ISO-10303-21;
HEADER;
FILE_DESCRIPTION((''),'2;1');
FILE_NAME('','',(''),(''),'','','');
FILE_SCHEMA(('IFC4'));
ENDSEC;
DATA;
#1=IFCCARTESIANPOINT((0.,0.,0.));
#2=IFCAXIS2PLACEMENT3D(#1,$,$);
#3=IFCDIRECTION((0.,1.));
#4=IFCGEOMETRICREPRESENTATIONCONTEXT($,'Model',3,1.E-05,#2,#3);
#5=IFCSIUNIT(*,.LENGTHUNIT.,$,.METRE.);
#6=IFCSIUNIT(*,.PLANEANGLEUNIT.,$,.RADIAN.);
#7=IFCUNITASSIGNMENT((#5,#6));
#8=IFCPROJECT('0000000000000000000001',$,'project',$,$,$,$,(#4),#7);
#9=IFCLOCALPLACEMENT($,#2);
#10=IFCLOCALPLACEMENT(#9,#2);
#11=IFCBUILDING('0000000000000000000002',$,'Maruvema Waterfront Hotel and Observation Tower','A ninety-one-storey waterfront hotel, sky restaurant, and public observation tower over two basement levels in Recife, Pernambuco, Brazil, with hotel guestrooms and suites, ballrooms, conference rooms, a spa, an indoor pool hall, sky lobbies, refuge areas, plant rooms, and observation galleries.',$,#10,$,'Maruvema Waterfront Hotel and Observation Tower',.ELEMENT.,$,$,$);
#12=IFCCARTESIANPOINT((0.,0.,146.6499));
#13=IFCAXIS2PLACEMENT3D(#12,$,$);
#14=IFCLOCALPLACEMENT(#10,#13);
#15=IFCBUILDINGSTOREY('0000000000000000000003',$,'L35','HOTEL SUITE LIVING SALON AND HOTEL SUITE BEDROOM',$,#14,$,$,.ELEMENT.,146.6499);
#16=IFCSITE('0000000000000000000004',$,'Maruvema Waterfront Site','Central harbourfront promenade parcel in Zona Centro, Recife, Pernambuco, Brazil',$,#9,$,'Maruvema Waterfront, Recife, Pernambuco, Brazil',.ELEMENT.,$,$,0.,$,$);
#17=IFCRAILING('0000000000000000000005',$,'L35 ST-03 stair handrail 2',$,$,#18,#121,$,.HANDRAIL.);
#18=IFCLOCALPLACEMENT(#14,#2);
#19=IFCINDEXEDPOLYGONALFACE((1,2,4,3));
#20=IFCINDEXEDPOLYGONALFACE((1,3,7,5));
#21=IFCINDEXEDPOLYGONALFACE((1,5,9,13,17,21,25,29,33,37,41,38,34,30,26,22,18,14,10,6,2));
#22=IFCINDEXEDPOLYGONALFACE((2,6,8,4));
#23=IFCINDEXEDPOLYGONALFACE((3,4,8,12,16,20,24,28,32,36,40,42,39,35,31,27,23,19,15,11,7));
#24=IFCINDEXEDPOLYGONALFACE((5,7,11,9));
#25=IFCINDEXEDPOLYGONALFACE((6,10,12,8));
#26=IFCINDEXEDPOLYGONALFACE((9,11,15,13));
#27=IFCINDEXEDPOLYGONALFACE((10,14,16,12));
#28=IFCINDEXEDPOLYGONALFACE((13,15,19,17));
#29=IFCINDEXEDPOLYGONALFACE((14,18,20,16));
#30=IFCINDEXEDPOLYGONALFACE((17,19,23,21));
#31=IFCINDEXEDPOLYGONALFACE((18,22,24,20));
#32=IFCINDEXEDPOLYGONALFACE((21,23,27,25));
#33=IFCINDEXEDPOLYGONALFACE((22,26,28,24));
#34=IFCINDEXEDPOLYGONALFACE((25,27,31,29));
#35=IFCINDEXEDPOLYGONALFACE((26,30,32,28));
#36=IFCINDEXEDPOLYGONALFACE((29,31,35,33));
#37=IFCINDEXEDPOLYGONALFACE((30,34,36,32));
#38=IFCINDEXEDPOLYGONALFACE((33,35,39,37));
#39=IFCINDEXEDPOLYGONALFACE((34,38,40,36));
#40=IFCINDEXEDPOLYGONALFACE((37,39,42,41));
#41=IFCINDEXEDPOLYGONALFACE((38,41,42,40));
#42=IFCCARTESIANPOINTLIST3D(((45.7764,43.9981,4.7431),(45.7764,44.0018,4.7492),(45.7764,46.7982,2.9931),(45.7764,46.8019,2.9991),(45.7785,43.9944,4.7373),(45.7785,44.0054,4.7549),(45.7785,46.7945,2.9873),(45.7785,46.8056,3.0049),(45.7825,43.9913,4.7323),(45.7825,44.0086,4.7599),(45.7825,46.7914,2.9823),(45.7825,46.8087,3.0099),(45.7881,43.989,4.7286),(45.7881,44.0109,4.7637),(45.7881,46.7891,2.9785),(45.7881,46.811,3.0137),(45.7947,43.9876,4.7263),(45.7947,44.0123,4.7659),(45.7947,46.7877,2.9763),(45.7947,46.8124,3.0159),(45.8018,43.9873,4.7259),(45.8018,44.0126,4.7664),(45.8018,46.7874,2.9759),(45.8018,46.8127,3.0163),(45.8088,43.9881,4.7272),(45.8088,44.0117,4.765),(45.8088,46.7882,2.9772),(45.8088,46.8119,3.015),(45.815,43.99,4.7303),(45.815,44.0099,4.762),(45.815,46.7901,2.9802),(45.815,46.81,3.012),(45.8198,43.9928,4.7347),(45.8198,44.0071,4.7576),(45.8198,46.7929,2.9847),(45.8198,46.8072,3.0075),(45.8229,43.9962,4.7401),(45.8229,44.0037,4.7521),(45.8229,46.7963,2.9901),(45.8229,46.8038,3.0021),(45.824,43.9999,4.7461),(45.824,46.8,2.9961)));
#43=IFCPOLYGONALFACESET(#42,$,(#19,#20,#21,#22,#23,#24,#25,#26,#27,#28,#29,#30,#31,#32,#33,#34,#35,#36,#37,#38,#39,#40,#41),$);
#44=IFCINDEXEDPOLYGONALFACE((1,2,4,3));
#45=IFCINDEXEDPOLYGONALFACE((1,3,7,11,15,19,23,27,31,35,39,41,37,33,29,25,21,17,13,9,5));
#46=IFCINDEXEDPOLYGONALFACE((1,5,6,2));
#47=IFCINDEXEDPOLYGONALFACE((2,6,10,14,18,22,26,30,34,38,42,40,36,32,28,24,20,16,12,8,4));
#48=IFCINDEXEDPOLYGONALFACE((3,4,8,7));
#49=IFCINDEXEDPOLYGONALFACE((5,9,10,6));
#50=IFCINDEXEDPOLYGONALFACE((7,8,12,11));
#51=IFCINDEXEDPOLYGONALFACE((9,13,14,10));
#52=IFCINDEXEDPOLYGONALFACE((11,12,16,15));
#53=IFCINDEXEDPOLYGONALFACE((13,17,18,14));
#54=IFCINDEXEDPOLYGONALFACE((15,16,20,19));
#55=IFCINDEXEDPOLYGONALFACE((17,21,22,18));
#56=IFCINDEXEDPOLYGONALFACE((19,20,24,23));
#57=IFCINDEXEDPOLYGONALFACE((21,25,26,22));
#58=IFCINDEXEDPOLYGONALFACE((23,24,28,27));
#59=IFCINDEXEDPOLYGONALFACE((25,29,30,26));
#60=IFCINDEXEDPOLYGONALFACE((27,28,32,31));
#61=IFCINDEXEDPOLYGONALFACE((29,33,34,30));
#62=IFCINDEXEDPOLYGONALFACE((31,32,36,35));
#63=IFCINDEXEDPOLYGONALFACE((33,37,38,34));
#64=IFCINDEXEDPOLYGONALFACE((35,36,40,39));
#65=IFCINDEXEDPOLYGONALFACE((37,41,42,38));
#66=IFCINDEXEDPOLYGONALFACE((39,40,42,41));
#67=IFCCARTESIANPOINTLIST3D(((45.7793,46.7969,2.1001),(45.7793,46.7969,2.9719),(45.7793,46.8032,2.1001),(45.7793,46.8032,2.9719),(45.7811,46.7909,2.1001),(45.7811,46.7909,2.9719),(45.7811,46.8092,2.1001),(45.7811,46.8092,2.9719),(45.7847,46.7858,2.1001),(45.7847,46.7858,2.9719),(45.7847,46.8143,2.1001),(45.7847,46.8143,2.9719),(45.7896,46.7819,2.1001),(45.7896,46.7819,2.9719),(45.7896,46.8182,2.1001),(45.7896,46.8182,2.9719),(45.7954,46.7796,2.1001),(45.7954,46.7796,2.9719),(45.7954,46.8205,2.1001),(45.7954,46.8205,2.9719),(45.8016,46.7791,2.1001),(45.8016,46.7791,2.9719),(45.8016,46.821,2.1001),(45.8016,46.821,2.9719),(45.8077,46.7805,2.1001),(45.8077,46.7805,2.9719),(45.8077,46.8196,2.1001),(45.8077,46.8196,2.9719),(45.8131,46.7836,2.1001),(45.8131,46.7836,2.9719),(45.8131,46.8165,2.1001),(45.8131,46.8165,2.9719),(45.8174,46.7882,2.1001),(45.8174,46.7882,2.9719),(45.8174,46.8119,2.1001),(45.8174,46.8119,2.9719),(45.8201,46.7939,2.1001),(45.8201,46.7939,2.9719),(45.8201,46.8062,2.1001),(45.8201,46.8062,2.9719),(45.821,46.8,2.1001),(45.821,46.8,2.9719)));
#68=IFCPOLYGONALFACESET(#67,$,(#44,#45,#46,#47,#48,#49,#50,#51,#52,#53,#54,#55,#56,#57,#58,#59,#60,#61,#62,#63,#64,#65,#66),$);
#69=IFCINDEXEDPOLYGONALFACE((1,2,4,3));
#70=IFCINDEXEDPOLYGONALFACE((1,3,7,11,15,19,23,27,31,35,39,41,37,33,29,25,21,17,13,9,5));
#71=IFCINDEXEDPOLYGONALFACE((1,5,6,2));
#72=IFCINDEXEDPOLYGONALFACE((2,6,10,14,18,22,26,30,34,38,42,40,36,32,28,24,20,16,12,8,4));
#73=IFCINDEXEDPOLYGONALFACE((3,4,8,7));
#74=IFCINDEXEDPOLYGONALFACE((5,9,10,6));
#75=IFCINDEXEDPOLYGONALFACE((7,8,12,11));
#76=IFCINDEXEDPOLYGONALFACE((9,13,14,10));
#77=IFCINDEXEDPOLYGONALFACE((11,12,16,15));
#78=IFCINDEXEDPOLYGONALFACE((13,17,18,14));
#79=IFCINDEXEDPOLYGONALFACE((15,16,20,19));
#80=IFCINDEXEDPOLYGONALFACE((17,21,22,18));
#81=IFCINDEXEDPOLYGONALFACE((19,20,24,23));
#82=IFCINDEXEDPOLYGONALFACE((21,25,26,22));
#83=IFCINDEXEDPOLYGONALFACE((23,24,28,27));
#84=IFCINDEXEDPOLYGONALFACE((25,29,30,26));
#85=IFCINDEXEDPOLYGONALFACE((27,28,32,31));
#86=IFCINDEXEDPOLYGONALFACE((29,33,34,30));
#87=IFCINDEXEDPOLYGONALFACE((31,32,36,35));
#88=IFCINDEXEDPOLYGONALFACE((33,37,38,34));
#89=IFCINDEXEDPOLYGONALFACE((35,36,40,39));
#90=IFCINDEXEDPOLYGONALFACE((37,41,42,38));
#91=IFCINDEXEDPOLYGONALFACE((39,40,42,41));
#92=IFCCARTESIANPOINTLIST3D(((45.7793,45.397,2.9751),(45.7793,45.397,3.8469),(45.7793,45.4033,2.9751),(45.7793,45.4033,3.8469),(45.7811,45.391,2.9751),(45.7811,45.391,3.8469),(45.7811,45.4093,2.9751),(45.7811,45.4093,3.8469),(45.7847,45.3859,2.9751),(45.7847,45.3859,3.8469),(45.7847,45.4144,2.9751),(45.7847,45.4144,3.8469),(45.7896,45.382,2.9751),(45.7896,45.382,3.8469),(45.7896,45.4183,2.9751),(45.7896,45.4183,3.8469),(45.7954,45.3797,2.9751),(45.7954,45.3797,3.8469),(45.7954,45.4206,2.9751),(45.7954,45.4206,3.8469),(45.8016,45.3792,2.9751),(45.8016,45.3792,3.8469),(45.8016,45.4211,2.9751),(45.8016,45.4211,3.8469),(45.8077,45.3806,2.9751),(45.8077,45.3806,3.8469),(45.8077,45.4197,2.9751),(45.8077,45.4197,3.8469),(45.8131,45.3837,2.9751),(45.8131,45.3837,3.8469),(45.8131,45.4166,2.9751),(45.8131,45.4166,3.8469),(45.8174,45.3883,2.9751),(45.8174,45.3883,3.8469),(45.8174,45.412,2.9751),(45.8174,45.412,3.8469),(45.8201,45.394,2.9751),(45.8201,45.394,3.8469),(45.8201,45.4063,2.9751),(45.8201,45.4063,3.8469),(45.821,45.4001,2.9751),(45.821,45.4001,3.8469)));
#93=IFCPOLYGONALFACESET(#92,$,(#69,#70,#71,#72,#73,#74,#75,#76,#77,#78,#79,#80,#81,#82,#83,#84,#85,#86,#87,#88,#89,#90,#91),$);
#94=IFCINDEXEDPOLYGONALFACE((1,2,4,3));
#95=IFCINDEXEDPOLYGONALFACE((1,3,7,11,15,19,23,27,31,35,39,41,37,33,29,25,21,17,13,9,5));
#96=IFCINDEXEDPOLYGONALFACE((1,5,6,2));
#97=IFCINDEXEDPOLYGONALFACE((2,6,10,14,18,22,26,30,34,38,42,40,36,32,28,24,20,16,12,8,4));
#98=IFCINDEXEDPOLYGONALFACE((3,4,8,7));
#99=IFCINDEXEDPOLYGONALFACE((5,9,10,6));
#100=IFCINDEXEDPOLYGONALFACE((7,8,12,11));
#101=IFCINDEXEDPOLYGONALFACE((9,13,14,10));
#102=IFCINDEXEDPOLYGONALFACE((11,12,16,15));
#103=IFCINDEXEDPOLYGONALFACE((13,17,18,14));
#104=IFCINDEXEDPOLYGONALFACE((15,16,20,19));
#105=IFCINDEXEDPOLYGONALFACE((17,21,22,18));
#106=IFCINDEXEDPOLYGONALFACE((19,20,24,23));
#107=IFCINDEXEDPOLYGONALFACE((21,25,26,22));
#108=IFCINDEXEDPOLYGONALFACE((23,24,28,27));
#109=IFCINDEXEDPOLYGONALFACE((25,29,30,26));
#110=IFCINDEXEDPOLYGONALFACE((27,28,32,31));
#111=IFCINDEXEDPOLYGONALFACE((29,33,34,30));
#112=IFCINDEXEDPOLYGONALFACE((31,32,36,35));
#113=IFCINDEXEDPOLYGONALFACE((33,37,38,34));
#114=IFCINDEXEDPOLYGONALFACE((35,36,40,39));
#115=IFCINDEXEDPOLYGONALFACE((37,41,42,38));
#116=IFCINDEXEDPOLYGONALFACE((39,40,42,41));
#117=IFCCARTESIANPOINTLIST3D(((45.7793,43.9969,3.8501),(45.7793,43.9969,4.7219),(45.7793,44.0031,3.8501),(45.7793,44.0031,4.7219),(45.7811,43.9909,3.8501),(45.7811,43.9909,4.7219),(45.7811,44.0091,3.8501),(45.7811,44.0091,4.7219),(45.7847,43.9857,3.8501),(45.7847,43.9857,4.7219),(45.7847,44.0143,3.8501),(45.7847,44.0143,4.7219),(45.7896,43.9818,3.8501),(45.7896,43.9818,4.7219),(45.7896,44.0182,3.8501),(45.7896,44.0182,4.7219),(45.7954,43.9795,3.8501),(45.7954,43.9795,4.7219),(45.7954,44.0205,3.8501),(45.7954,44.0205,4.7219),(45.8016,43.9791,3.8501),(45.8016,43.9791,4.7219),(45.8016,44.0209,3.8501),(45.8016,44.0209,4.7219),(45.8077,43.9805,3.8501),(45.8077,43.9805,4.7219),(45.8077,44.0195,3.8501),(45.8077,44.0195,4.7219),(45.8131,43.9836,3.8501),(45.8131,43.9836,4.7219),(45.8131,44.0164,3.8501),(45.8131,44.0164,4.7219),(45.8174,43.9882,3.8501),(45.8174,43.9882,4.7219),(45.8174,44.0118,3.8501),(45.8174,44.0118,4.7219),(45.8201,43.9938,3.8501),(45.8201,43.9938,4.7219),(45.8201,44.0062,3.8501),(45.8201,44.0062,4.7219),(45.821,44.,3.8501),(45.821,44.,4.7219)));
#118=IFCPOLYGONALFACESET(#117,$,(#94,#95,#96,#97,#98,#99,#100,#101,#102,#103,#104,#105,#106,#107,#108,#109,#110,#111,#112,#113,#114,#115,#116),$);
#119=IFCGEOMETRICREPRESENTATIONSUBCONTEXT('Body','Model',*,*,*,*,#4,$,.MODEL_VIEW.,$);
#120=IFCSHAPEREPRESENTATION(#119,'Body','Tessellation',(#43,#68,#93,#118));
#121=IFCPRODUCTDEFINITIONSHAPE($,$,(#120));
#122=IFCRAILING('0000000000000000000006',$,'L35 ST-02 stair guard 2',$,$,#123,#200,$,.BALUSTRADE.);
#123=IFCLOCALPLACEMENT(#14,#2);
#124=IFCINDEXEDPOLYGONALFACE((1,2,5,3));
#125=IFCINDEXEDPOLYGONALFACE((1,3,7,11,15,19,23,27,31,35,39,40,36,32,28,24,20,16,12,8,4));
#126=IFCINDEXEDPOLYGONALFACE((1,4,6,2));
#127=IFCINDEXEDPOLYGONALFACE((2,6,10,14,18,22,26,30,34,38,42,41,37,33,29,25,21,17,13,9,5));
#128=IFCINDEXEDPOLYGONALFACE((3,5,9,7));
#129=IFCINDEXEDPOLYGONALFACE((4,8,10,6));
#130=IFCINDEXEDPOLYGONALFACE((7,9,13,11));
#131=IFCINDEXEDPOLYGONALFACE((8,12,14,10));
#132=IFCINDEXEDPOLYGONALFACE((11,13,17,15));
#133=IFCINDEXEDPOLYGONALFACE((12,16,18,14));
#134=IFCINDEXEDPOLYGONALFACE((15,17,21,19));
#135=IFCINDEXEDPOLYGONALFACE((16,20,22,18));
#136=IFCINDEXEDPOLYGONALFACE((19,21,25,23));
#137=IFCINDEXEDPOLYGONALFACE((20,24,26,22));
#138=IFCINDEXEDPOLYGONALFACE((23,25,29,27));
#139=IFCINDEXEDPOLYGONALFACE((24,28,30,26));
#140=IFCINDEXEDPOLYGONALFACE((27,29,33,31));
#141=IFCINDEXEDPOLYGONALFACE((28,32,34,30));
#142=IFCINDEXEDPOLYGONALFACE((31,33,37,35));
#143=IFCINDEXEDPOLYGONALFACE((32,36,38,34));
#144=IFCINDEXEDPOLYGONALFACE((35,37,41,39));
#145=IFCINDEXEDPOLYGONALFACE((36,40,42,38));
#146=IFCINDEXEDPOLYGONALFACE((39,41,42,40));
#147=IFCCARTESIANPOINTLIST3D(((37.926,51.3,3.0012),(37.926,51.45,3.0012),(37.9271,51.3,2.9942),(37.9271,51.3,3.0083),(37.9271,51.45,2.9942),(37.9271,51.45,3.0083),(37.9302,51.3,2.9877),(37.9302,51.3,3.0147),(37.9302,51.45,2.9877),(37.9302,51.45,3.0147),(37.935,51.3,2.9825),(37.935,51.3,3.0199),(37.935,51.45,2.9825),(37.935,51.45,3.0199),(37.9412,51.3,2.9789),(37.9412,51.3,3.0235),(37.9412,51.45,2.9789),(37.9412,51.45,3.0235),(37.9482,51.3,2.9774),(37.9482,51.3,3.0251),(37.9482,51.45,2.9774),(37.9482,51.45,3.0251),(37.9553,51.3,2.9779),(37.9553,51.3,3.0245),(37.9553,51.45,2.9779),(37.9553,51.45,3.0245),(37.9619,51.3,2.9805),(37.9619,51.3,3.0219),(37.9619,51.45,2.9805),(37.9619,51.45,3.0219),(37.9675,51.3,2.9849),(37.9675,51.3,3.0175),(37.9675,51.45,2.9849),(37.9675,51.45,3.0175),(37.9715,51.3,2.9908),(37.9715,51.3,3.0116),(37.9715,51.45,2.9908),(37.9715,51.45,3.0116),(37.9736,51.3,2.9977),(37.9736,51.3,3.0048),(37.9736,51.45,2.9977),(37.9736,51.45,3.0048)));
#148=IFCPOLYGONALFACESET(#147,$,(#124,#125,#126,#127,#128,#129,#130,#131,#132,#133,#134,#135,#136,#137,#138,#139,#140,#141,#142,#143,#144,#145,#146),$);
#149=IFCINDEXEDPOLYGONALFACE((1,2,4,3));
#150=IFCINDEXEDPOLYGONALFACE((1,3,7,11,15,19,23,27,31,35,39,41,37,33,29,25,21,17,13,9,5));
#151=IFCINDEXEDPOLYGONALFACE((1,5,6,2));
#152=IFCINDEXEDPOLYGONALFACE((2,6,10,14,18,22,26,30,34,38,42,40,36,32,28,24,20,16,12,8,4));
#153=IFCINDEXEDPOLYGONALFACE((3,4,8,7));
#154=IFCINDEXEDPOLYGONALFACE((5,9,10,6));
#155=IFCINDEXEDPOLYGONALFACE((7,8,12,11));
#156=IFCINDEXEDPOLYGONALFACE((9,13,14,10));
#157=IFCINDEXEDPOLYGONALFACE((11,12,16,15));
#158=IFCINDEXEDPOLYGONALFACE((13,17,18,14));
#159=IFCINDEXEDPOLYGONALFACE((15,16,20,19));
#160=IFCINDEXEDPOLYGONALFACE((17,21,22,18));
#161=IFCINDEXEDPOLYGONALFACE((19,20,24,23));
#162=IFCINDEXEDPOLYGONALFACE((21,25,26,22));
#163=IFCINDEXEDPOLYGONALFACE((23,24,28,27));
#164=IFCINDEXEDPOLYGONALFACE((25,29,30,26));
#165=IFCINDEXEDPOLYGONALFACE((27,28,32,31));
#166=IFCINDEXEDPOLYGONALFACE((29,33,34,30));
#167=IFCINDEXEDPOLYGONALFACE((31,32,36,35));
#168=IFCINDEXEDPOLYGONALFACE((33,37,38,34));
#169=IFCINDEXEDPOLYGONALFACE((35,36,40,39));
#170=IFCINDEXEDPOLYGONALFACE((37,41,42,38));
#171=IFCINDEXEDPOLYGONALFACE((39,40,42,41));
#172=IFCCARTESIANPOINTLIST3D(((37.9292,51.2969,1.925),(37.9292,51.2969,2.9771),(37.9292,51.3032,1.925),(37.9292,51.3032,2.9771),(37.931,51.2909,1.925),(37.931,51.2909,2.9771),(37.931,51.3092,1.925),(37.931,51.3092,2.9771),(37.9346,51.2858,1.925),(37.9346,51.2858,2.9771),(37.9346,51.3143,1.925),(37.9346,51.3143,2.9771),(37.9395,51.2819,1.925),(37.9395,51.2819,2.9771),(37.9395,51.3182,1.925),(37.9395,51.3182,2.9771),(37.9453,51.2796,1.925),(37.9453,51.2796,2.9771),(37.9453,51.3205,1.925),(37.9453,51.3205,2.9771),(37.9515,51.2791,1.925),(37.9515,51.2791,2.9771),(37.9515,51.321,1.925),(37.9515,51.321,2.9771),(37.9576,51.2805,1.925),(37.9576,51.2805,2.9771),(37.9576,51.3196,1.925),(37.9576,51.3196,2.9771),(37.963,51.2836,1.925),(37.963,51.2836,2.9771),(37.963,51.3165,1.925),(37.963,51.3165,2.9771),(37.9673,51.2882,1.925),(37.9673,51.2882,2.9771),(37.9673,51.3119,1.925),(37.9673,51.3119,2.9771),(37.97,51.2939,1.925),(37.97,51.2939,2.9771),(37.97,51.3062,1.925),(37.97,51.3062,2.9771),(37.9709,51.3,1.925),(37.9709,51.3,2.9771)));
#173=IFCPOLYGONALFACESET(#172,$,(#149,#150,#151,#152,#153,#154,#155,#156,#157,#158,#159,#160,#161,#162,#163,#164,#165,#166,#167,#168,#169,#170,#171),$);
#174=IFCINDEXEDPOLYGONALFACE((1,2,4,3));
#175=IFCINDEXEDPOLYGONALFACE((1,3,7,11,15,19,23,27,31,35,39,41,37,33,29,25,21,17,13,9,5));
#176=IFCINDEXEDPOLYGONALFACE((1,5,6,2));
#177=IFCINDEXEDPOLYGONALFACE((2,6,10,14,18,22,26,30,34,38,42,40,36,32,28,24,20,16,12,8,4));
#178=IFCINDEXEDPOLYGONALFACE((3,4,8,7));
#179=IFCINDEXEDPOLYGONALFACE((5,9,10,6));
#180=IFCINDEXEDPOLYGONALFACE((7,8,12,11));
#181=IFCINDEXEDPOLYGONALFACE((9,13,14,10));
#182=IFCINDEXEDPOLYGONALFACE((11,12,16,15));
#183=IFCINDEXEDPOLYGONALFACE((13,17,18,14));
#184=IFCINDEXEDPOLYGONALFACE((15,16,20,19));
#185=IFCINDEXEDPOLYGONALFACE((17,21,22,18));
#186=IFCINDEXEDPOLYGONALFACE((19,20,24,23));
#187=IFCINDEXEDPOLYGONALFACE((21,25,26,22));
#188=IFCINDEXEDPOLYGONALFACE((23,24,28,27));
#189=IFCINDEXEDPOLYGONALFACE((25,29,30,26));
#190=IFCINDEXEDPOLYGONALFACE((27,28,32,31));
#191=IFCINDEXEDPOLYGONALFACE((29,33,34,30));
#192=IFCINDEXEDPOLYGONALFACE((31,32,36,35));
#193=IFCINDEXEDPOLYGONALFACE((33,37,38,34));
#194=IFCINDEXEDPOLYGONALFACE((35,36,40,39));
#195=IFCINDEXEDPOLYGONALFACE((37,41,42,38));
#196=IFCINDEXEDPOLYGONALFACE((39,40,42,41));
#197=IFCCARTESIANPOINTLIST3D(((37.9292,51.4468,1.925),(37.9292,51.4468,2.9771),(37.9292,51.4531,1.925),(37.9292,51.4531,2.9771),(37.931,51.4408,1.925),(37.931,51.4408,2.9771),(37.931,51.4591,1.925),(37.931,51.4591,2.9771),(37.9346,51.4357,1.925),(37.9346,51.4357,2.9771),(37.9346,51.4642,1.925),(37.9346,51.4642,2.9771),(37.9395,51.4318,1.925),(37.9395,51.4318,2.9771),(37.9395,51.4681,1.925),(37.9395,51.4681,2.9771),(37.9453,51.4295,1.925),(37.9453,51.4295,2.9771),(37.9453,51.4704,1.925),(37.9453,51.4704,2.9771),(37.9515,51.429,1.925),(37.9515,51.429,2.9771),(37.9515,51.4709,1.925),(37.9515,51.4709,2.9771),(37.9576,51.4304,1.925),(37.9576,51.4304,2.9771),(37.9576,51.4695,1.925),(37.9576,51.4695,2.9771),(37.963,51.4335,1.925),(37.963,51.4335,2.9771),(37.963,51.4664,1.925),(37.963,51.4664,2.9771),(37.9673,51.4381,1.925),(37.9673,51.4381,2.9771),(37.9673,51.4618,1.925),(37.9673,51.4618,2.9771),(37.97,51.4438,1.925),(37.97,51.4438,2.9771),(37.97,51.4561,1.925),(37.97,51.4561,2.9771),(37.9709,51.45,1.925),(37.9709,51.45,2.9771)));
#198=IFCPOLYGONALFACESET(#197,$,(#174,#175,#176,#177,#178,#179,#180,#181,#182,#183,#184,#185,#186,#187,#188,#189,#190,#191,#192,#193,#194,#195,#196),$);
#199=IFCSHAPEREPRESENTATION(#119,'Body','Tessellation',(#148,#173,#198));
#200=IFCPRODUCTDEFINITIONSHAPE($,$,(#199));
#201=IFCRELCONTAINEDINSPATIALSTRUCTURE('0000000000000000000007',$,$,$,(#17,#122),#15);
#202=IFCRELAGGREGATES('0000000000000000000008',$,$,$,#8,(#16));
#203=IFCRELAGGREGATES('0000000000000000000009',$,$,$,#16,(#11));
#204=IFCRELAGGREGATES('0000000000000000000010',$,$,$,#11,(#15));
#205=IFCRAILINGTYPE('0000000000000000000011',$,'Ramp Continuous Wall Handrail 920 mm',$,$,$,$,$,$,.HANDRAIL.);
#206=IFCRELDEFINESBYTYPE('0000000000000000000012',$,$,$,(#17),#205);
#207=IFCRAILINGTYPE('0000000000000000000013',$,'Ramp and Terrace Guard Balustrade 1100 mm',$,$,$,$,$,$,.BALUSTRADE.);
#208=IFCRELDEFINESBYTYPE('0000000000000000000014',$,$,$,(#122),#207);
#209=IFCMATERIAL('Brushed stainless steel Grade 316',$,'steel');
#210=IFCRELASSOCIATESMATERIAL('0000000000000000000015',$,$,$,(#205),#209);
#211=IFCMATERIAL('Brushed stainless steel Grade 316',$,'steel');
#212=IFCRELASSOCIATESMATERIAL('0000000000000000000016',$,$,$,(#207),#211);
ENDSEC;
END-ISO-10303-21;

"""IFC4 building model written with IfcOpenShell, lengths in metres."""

from ifc_helpers import new_model, si_unit, direction, frame, origin, origin_2d, place, context, subcontext, project, spatial, circle, extrude, material, type_object, element, save


model = new_model("IFC4")

# Units and contexts
model_context = context("Model", 3, precision=1e-05, world=origin(), true_north=direction((0.0, 1.0)))
body_context = subcontext(model_context, "Body", "Model", "MODEL_VIEW")
ifc_project = project(units=[si_unit("LENGTHUNIT", "METRE"), si_unit("PLANEANGLEUNIT", "RADIAN")], contexts=[model_context])

# Site, building, storey
site_placement = place(None, origin())
site = spatial("IfcSite", under=ifc_project, at=site_placement, Name="Maruvema Waterfront Site", Description="Central harbourfront promenade parcel in Zona Centro, Recife, Pernambuco, Brazil", LongName="Maruvema Waterfront, Recife, Pernambuco, Brazil", CompositionType="ELEMENT", RefElevation=0.0)
building_placement = place(site_placement, origin())
building = spatial("IfcBuilding", under=site, at=building_placement, Name="Maruvema Waterfront Hotel and Observation Tower", Description="A ninety-one-storey waterfront hotel, sky restaurant, and public observation tower over two basement levels in Recife, Pernambuco, Brazil, with hotel guestrooms and suites, ballrooms, conference rooms, a spa, an indoor pool hall, sky lobbies, refuge areas, plant rooms, and observation galleries.", LongName="Maruvema Waterfront Hotel and Observation Tower", CompositionType="ELEMENT")
storey_placement = place(building_placement, frame((0.0, 0.0, 146.6499)))
storey = spatial("IfcBuildingStorey", under=building, at=storey_placement, Name="L35", Description="HOTEL SUITE LIVING SALON AND HOTEL SUITE BEDROOM", CompositionType="ELEMENT", Elevation=146.6499)

# Railings
ifc_material_1 = material(Name="Brushed stainless steel Grade 316", Category="steel")
railing_type_1 = type_object("IfcRailingType", Name="Ramp Continuous Wall Handrail 920 mm", PredefinedType="HANDRAIL", material=ifc_material_1)
railing_1_placement = place(storey_placement, frame((45.8, 46.8, 2.1001)))
element("IfcRailing", 1, at=railing_1_placement, inside=storey, type_object=railing_type_1, Name="L35 ST-03 stair handrail 2", PredefinedType="HANDRAIL", context=body_context, shape_type="SweptSolid", body=[
    extrude(circle(Radius=0.0239, at=origin_2d()), frame((0.0, 0.0, 0.896), z_axis=(0.0, -0.848002, 0.529992), x_axis=(1.0, 0.0, 0.0)), (0.0, 0.0, 1.0), 3.302),
    extrude(circle(Radius=0.021, at=origin_2d()), origin(), (0.0, 0.0, 1.0), 0.8718),
    extrude(circle(Radius=0.021, at=origin_2d()), frame((0.0, -1.3999, 0.875)), (0.0, 0.0, 1.0), 0.8718),
    extrude(circle(Radius=0.021, at=origin_2d()), frame((0.0, -2.8, 1.75)), (0.0, 0.0, 1.0), 0.8718),
])
ifc_material_2 = material(Name="Brushed stainless steel Grade 316", Category="steel")
railing_type_2 = type_object("IfcRailingType", Name="Ramp and Terrace Guard Balustrade 1100 mm", PredefinedType="BALUSTRADE", material=ifc_material_2)
railing_2_placement = place(storey_placement, frame((37.95, 51.3, 1.925)))
element("IfcRailing", 2, at=railing_2_placement, inside=storey, type_object=railing_type_2, Name="L35 ST-02 stair guard 2", PredefinedType="BALUSTRADE", context=body_context, shape_type="SweptSolid", body=[
    extrude(circle(Radius=0.0239, at=origin_2d()), frame((0.0, 0.0, 1.0762), z_axis=(0.0, 1.0, 0.0), x_axis=(-1.0, 0.0, 0.0)), (0.0, 0.0, 1.0), 0.1499),
    extrude(circle(Radius=0.021, at=origin_2d()), origin(), (0.0, 0.0, 1.0), 1.052),
    extrude(circle(Radius=0.021, at=origin_2d()), frame((0.0, 0.1499, 0.0)), (0.0, 0.0, 1.0), 1.052),
])

save(model, "model.ifc")
